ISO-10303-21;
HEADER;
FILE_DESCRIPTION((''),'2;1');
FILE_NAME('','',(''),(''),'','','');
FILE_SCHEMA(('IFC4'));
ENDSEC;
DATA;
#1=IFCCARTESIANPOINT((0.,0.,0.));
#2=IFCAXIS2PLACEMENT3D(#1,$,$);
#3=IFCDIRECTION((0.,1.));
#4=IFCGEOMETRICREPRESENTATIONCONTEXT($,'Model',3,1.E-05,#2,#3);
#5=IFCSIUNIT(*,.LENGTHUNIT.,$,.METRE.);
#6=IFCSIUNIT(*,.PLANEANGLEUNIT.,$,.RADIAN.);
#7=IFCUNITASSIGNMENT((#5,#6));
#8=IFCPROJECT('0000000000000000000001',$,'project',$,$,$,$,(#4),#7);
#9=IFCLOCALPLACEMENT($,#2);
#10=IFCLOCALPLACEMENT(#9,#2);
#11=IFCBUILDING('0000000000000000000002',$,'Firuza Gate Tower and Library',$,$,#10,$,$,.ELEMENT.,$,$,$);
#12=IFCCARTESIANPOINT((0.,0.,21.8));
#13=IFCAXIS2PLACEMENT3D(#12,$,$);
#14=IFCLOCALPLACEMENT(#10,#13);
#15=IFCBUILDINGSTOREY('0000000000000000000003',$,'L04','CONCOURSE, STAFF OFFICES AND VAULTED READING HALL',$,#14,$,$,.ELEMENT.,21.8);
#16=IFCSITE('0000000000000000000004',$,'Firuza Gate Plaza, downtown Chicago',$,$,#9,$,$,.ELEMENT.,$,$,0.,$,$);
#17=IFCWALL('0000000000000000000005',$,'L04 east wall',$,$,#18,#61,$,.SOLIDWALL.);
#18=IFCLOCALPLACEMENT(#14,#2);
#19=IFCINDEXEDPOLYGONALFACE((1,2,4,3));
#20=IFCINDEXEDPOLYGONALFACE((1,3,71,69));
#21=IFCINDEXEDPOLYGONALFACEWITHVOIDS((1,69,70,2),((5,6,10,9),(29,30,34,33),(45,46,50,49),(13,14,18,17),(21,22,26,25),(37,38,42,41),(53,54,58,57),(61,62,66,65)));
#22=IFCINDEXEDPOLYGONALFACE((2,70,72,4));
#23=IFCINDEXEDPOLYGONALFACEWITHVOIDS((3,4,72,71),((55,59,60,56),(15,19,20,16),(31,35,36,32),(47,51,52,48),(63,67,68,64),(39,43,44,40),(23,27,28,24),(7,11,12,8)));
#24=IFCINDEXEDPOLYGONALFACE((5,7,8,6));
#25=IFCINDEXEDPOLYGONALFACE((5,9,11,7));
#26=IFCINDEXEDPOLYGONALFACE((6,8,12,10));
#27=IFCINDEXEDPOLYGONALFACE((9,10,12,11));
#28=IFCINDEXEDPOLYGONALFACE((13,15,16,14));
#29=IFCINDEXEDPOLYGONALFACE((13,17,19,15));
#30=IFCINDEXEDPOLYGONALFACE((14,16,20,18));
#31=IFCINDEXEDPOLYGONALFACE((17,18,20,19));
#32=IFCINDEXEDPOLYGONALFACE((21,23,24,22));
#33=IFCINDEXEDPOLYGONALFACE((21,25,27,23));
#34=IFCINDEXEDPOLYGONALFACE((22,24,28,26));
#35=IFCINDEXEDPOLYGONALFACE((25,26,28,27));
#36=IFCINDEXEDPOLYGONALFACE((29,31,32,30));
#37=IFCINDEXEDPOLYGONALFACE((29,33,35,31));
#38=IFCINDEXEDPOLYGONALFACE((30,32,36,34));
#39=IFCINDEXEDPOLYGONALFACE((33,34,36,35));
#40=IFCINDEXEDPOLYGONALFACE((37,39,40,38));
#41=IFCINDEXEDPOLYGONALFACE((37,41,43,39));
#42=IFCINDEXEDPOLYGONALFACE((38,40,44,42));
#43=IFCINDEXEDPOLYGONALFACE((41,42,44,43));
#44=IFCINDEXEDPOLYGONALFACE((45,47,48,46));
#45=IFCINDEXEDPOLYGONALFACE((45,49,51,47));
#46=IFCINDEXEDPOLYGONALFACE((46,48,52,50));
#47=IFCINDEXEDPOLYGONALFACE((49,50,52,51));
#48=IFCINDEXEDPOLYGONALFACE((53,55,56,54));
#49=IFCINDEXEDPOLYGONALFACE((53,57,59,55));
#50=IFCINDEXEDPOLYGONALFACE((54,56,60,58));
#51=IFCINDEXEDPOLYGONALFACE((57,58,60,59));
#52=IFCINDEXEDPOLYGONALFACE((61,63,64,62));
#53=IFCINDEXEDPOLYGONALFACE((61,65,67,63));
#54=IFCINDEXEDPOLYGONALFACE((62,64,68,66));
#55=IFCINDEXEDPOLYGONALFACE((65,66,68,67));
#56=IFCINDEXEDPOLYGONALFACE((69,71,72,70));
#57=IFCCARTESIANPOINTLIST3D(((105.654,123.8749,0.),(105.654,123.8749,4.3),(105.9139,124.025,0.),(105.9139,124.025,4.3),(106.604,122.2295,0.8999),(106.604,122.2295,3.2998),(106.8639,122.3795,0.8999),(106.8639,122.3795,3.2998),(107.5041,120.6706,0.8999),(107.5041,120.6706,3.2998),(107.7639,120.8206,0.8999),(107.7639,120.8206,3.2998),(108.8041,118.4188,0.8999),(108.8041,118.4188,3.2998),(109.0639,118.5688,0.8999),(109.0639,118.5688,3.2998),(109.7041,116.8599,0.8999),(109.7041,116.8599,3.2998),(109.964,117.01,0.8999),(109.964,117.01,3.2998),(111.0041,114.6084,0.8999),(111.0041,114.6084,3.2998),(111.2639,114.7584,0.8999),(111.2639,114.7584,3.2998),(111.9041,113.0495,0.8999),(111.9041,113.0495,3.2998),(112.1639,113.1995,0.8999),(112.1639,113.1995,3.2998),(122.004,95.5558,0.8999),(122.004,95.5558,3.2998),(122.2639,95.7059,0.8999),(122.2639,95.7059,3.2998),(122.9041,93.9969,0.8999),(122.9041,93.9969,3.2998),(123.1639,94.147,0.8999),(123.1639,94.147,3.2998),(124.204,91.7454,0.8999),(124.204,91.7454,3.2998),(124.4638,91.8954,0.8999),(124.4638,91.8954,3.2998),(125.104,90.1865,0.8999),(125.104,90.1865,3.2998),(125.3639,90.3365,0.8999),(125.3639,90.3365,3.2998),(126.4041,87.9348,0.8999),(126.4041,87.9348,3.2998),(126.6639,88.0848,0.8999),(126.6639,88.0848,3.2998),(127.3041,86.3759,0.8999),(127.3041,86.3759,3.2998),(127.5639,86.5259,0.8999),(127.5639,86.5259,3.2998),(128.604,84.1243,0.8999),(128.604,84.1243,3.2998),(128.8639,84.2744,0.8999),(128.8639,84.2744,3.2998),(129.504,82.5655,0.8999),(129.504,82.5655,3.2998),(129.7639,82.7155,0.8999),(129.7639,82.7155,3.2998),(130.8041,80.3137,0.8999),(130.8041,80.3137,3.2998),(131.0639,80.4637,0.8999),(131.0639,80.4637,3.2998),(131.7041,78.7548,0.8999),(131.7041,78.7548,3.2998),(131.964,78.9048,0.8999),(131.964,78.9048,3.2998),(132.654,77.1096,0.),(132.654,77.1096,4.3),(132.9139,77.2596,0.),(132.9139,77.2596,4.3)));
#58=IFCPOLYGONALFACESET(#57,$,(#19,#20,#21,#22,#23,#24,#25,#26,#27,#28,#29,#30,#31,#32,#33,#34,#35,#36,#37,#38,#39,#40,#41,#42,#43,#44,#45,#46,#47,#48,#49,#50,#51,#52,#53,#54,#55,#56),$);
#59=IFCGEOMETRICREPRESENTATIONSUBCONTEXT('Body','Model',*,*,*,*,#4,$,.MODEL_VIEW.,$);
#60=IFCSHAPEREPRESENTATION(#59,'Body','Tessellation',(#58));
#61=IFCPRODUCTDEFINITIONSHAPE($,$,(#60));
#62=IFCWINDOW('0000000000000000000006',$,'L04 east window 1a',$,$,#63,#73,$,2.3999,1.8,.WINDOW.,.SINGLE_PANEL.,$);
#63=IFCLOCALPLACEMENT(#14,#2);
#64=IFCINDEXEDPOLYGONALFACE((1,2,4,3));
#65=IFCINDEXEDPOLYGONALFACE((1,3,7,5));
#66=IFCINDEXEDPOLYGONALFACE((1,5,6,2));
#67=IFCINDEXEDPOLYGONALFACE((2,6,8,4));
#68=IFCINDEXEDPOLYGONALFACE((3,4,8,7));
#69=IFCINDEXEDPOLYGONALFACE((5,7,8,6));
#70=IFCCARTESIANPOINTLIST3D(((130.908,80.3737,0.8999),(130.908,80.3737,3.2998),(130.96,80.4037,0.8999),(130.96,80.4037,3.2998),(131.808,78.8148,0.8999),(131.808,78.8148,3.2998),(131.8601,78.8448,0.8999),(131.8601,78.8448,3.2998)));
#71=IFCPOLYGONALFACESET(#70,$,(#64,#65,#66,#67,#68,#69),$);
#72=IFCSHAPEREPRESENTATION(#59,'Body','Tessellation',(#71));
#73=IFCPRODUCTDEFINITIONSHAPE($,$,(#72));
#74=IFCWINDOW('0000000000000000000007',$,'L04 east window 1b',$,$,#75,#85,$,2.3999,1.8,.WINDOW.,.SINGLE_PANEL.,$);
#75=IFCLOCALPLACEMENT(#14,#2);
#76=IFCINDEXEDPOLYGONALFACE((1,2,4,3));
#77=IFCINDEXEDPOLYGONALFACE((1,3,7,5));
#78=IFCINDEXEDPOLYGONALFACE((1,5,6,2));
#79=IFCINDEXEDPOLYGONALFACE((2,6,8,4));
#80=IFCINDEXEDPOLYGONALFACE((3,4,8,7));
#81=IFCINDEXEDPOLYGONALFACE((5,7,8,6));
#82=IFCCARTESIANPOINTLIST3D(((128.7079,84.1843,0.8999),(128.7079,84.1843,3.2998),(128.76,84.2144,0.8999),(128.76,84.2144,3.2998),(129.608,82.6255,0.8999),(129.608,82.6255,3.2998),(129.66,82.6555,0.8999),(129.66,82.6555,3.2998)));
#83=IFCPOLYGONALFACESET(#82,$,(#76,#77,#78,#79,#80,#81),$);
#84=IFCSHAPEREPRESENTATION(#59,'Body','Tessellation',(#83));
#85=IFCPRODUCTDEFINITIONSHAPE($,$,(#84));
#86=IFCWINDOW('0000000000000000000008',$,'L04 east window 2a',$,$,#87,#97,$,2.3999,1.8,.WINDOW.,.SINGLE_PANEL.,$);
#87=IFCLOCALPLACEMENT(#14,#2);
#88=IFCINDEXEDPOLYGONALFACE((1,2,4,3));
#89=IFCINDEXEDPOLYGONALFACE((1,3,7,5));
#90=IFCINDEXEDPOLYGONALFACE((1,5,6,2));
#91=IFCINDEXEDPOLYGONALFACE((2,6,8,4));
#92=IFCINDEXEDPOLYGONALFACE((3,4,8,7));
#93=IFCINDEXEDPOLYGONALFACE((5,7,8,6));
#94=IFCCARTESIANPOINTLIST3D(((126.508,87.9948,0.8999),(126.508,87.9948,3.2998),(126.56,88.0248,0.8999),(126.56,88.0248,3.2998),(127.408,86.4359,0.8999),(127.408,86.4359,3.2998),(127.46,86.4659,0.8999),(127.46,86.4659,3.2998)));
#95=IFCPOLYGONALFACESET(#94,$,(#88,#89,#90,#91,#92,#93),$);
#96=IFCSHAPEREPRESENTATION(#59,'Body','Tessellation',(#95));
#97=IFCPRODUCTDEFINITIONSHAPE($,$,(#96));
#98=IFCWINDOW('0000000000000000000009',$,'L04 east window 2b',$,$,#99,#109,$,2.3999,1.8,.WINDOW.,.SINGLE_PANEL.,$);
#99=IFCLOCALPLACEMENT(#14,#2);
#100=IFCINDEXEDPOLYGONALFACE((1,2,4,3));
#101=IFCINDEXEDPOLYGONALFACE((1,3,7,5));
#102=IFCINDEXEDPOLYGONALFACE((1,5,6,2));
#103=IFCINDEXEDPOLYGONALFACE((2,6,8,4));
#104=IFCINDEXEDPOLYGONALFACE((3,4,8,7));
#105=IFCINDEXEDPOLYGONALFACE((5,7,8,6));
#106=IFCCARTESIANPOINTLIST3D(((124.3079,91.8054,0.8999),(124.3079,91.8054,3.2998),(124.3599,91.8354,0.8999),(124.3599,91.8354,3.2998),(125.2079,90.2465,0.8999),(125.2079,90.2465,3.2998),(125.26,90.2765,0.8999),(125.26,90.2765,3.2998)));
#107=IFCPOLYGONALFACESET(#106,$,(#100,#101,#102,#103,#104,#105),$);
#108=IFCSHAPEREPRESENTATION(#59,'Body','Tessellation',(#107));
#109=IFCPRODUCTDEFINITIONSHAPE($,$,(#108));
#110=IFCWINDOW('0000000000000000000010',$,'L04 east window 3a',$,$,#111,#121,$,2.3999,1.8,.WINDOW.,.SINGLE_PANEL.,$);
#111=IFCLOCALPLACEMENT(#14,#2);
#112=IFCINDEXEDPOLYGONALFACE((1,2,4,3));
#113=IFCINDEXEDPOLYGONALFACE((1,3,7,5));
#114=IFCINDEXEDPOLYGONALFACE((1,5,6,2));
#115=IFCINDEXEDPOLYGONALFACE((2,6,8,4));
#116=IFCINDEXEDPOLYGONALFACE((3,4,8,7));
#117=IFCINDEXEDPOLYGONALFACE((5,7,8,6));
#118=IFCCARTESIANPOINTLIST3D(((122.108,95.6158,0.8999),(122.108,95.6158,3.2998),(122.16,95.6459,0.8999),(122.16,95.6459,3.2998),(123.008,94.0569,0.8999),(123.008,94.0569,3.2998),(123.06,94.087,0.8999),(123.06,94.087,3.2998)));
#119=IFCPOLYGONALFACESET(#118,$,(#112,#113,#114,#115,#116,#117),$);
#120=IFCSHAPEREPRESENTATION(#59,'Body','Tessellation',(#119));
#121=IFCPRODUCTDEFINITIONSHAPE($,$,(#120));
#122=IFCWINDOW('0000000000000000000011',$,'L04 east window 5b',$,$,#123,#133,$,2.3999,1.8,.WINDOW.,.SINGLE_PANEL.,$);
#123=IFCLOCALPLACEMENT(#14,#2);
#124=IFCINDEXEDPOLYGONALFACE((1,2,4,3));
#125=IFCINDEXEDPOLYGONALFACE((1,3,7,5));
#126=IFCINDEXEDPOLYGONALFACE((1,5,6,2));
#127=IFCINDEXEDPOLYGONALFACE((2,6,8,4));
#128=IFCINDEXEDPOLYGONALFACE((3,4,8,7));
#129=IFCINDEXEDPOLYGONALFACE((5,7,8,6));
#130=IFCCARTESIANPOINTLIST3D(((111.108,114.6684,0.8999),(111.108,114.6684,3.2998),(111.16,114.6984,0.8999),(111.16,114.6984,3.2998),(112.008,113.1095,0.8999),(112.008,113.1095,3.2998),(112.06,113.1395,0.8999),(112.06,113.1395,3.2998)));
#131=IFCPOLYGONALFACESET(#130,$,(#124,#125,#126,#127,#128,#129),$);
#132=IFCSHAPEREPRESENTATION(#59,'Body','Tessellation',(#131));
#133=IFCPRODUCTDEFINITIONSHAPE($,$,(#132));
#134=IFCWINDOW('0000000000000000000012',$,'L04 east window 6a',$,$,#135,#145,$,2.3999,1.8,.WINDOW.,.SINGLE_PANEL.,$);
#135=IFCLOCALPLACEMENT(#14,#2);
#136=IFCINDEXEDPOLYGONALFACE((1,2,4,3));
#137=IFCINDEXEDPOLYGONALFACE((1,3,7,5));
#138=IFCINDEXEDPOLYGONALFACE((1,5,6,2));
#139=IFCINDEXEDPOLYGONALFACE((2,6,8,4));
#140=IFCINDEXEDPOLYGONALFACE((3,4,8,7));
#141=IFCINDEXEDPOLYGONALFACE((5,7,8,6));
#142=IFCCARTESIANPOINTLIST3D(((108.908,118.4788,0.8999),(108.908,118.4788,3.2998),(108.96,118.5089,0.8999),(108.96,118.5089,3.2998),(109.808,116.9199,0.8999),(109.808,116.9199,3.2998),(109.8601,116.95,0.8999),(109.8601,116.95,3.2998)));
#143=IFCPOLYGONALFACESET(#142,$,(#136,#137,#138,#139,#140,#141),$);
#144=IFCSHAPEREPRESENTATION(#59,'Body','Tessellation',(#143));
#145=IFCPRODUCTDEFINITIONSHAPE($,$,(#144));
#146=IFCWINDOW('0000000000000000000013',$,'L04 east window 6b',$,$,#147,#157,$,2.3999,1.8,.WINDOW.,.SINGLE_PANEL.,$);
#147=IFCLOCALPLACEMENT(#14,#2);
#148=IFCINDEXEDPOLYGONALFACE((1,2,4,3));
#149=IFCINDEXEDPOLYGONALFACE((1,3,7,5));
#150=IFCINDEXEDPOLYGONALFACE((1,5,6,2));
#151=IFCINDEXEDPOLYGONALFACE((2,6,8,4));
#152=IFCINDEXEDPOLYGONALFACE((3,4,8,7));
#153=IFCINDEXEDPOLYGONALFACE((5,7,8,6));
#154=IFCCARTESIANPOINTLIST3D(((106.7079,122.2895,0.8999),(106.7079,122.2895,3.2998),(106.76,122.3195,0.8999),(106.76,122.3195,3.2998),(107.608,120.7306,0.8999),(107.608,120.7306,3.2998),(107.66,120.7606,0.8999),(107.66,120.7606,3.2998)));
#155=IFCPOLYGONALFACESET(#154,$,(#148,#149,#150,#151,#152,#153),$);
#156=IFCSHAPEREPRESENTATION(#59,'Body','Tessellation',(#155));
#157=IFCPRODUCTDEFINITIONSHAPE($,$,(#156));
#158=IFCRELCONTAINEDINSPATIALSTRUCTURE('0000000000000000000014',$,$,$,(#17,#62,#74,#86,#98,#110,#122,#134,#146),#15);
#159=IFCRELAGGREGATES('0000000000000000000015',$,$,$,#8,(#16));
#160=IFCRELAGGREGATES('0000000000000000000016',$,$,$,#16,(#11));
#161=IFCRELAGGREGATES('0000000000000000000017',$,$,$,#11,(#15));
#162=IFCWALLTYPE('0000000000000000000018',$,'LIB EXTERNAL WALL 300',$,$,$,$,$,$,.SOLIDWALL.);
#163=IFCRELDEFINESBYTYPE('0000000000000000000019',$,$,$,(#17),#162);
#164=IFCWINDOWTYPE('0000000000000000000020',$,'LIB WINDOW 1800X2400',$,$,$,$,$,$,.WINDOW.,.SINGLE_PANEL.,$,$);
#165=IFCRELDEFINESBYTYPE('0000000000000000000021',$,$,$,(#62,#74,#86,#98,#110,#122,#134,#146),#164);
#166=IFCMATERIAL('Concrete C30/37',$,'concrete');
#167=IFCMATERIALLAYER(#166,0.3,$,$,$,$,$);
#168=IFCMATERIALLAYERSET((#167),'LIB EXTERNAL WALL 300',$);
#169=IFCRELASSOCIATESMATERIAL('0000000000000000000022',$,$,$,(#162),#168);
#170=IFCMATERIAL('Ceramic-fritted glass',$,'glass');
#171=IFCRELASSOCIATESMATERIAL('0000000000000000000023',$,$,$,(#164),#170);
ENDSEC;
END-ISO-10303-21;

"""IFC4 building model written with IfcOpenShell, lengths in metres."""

from ifc_helpers import new_model, si_unit, direction, frame, frame_2d, origin, place, context, subcontext, project, spatial, rectangle, extrude, material, layer, layer_set, type_object, element, fill, save


model = new_model("IFC4")

# Units and contexts
model_context = context("Model", 3, precision=1e-05, world=origin(), true_north=direction((0.0, 1.0)))
body_context = subcontext(model_context, "Body", "Model", "MODEL_VIEW")
ifc_project = project(units=[si_unit("LENGTHUNIT", "METRE"), si_unit("PLANEANGLEUNIT", "RADIAN")], contexts=[model_context])

# Site, building, storey
site_placement = place(None, origin())
site = spatial("IfcSite", under=ifc_project, at=site_placement, Name="Firuza Gate Plaza, downtown Chicago", CompositionType="ELEMENT", RefElevation=0.0)
building_placement = place(site_placement, origin())
building = spatial("IfcBuilding", under=site, at=building_placement, Name="Firuza Gate Tower and Library", CompositionType="ELEMENT")
storey_placement = place(building_placement, frame((0.0, 0.0, 21.8)))
storey = spatial("IfcBuildingStorey", under=building, at=storey_placement, Name="L04", Description="CONCOURSE, STAFF OFFICES AND VAULTED READING HALL", CompositionType="ELEMENT", Elevation=21.8)

# Wall, openings, windows
ifc_material_1 = material(Name="Concrete C30/37", Category="concrete")
ifc_layer_1 = layer(ifc_material_1, 0.3)
ifc_layer_set_1 = layer_set([ifc_layer_1], Name="LIB EXTERNAL WALL 300")
wall_type = type_object("IfcWallType", Name="LIB EXTERNAL WALL 300", PredefinedType="SOLIDWALL", material=ifc_layer_set_1)
wall_1_placement = place(storey_placement, frame((132.7839, 77.1846, 0.0), z_axis=(0.0, 0.0, 1.0), x_axis=(-0.5, 0.866025, 0.0)))
wall_1 = element("IfcWall", 1, at=wall_1_placement, inside=storey, type_object=wall_type, Name="L04 east wall", PredefinedType="SOLIDWALL", context=body_context, shape_type="SweptSolid", body=[
    extrude(rectangle(XDim=54.0, YDim=0.3, at=frame_2d((27.0, 0.0))), origin(), (0.0, 0.0, 1.0), 4.3),
])
opening_1_placement = place(wall_1_placement, frame((1.8999, 0.0, 0.8999)))
opening_1 = element("IfcOpeningElement", 2, at=opening_1_placement, cuts=wall_1, PredefinedType="OPENING", context=body_context, shape_type="SweptSolid", body=[
    extrude(rectangle(XDim=1.8, YDim=2.3999, at=frame_2d((0.8999, 1.2))), frame((0.0, 0.1602, 0.0), z_axis=(0.0, -1.0, 0.0), x_axis=(1.0, 0.0, 0.0)), (0.0, 0.0, 1.0), 0.3201),
])
opening_2_placement = place(wall_1_placement, frame((6.3, 0.0, 0.8999)))
opening_2 = element("IfcOpeningElement", 3, at=opening_2_placement, cuts=wall_1, PredefinedType="OPENING", context=body_context, shape_type="SweptSolid", body=[
    extrude(rectangle(XDim=1.8, YDim=2.3999, at=frame_2d((0.8999, 1.2))), frame((0.0, 0.1602, 0.0), z_axis=(0.0, -1.0, 0.0), x_axis=(1.0, 0.0, 0.0)), (0.0, 0.0, 1.0), 0.3201),
])
opening_3_placement = place(wall_1_placement, frame((10.7, 0.0, 0.8999)))
opening_3 = element("IfcOpeningElement", 4, at=opening_3_placement, cuts=wall_1, PredefinedType="OPENING", context=body_context, shape_type="SweptSolid", body=[
    extrude(rectangle(XDim=1.8, YDim=2.3999, at=frame_2d((0.8999, 1.2))), frame((0.0, 0.1602, 0.0), z_axis=(0.0, -1.0, 0.0), x_axis=(1.0, 0.0, 0.0)), (0.0, 0.0, 1.0), 0.3201),
])
opening_4_placement = place(wall_1_placement, frame((15.1001, 0.0, 0.8999)))
opening_4 = element("IfcOpeningElement", 5, at=opening_4_placement, cuts=wall_1, PredefinedType="OPENING", context=body_context, shape_type="SweptSolid", body=[
    extrude(rectangle(XDim=1.8, YDim=2.3999, at=frame_2d((0.8999, 1.2))), frame((0.0, 0.1602, 0.0), z_axis=(0.0, -1.0, 0.0), x_axis=(1.0, 0.0, 0.0)), (0.0, 0.0, 1.0), 0.3201),
])
opening_5_placement = place(wall_1_placement, frame((19.5, 0.0, 0.8999)))
opening_5 = element("IfcOpeningElement", 6, at=opening_5_placement, cuts=wall_1, PredefinedType="OPENING", context=body_context, shape_type="SweptSolid", body=[
    extrude(rectangle(XDim=1.8, YDim=2.3999, at=frame_2d((0.8999, 1.2))), frame((0.0, 0.1602, 0.0), z_axis=(0.0, -1.0, 0.0), x_axis=(1.0, 0.0, 0.0)), (0.0, 0.0, 1.0), 0.3201),
])
opening_6_placement = place(wall_1_placement, frame((41.5, 0.0, 0.8999)))
opening_6 = element("IfcOpeningElement", 7, at=opening_6_placement, cuts=wall_1, PredefinedType="OPENING", context=body_context, shape_type="SweptSolid", body=[
    extrude(rectangle(XDim=1.8, YDim=2.3999, at=frame_2d((0.8999, 1.2))), frame((0.0, 0.1602, 0.0), z_axis=(0.0, -1.0, 0.0), x_axis=(1.0, 0.0, 0.0)), (0.0, 0.0, 1.0), 0.3201),
])
opening_7_placement = place(wall_1_placement, frame((45.8999, 0.0, 0.8999)))
opening_7 = element("IfcOpeningElement", 8, at=opening_7_placement, cuts=wall_1, PredefinedType="OPENING", context=body_context, shape_type="SweptSolid", body=[
    extrude(rectangle(XDim=1.8, YDim=2.3999, at=frame_2d((0.8999, 1.2))), frame((0.0, 0.1602, 0.0), z_axis=(0.0, -1.0, 0.0), x_axis=(1.0, 0.0, 0.0)), (0.0, 0.0, 1.0), 0.3201),
])
opening_8_placement = place(wall_1_placement, frame((50.3, 0.0, 0.8999)))
opening_8 = element("IfcOpeningElement", 9, at=opening_8_placement, cuts=wall_1, PredefinedType="OPENING", context=body_context, shape_type="SweptSolid", body=[
    extrude(rectangle(XDim=1.8, YDim=2.3999, at=frame_2d((0.8999, 1.2))), frame((0.0, 0.1602, 0.0), z_axis=(0.0, -1.0, 0.0), x_axis=(1.0, 0.0, 0.0)), (0.0, 0.0, 1.0), 0.3201),
])
ifc_material_2 = material(Name="Ceramic-fritted glass", Category="glass")
window_type = type_object("IfcWindowType", Name="LIB WINDOW 1800X2400", PartitioningType="SINGLE_PANEL", PredefinedType="WINDOW", material=ifc_material_2)
window_1_placement = place(opening_1_placement, origin())
window_1 = element("IfcWindow", 10, at=window_1_placement, inside=storey, type_object=window_type, Name="L04 east window 1a", OverallHeight=2.3999, OverallWidth=1.8, PartitioningType="SINGLE_PANEL", PredefinedType="WINDOW", context=body_context, shape_type="SweptSolid", body=[
    extrude(rectangle(XDim=1.8, YDim=2.3999, at=frame_2d((0.8999, 1.2))), frame((0.0, 0.03, 0.0), z_axis=(0.0, -1.0, 0.0), x_axis=(1.0, 0.0, 0.0)), (0.0, 0.0, 1.0), 0.0601),
])
fill(opening_1, window_1)
window_2_placement = place(opening_2_placement, origin())
window_2 = element("IfcWindow", 11, at=window_2_placement, inside=storey, type_object=window_type, Name="L04 east window 1b", OverallHeight=2.3999, OverallWidth=1.8, PartitioningType="SINGLE_PANEL", PredefinedType="WINDOW", context=body_context, shape_type="SweptSolid", body=[
    extrude(rectangle(XDim=1.8, YDim=2.3999, at=frame_2d((0.8999, 1.2))), frame((0.0, 0.03, 0.0), z_axis=(0.0, -1.0, 0.0), x_axis=(1.0, 0.0, 0.0)), (0.0, 0.0, 1.0), 0.0601),
])
fill(opening_2, window_2)
window_3_placement = place(opening_3_placement, origin())
window_3 = element("IfcWindow", 12, at=window_3_placement, inside=storey, type_object=window_type, Name="L04 east window 2a", OverallHeight=2.3999, OverallWidth=1.8, PartitioningType="SINGLE_PANEL", PredefinedType="WINDOW", context=body_context, shape_type="SweptSolid", body=[
    extrude(rectangle(XDim=1.8, YDim=2.3999, at=frame_2d((0.8999, 1.2))), frame((0.0, 0.03, 0.0), z_axis=(0.0, -1.0, 0.0), x_axis=(1.0, 0.0, 0.0)), (0.0, 0.0, 1.0), 0.0601),
])
fill(opening_3, window_3)
window_4_placement = place(opening_4_placement, origin())
window_4 = element("IfcWindow", 13, at=window_4_placement, inside=storey, type_object=window_type, Name="L04 east window 2b", OverallHeight=2.3999, OverallWidth=1.8, PartitioningType="SINGLE_PANEL", PredefinedType="WINDOW", context=body_context, shape_type="SweptSolid", body=[
    extrude(rectangle(XDim=1.8, YDim=2.3999, at=frame_2d((0.8999, 1.2))), frame((0.0, 0.03, 0.0), z_axis=(0.0, -1.0, 0.0), x_axis=(1.0, 0.0, 0.0)), (0.0, 0.0, 1.0), 0.0601),
])
fill(opening_4, window_4)
window_5_placement = place(opening_5_placement, origin())
window_5 = element("IfcWindow", 14, at=window_5_placement, inside=storey, type_object=window_type, Name="L04 east window 3a", OverallHeight=2.3999, OverallWidth=1.8, PartitioningType="SINGLE_PANEL", PredefinedType="WINDOW", context=body_context, shape_type="SweptSolid", body=[
    extrude(rectangle(XDim=1.8, YDim=2.3999, at=frame_2d((0.8999, 1.2))), frame((0.0, 0.03, 0.0), z_axis=(0.0, -1.0, 0.0), x_axis=(1.0, 0.0, 0.0)), (0.0, 0.0, 1.0), 0.0601),
])
fill(opening_5, window_5)
window_6_placement = place(opening_6_placement, origin())
window_6 = element("IfcWindow", 15, at=window_6_placement, inside=storey, type_object=window_type, Name="L04 east window 5b", OverallHeight=2.3999, OverallWidth=1.8, PartitioningType="SINGLE_PANEL", PredefinedType="WINDOW", context=body_context, shape_type="SweptSolid", body=[
    extrude(rectangle(XDim=1.8, YDim=2.3999, at=frame_2d((0.8999, 1.2))), frame((0.0, 0.03, 0.0), z_axis=(0.0, -1.0, 0.0), x_axis=(1.0, 0.0, 0.0)), (0.0, 0.0, 1.0), 0.0601),
])
fill(opening_6, window_6)
window_7_placement = place(opening_7_placement, origin())
window_7 = element("IfcWindow", 16, at=window_7_placement, inside=storey, type_object=window_type, Name="L04 east window 6a", OverallHeight=2.3999, OverallWidth=1.8, PartitioningType="SINGLE_PANEL", PredefinedType="WINDOW", context=body_context, shape_type="SweptSolid", body=[
    extrude(rectangle(XDim=1.8, YDim=2.3999, at=frame_2d((0.8999, 1.2))), frame((0.0, 0.03, 0.0), z_axis=(0.0, -1.0, 0.0), x_axis=(1.0, 0.0, 0.0)), (0.0, 0.0, 1.0), 0.0601),
])
fill(opening_7, window_7)
window_8_placement = place(opening_8_placement, origin())
window_8 = element("IfcWindow", 17, at=window_8_placement, inside=storey, type_object=window_type, Name="L04 east window 6b", OverallHeight=2.3999, OverallWidth=1.8, PartitioningType="SINGLE_PANEL", PredefinedType="WINDOW", context=body_context, shape_type="SweptSolid", body=[
    extrude(rectangle(XDim=1.8, YDim=2.3999, at=frame_2d((0.8999, 1.2))), frame((0.0, 0.03, 0.0), z_axis=(0.0, -1.0, 0.0), x_axis=(1.0, 0.0, 0.0)), (0.0, 0.0, 1.0), 0.0601),
])
fill(opening_8, window_8)

save(model, "model.ifc")
